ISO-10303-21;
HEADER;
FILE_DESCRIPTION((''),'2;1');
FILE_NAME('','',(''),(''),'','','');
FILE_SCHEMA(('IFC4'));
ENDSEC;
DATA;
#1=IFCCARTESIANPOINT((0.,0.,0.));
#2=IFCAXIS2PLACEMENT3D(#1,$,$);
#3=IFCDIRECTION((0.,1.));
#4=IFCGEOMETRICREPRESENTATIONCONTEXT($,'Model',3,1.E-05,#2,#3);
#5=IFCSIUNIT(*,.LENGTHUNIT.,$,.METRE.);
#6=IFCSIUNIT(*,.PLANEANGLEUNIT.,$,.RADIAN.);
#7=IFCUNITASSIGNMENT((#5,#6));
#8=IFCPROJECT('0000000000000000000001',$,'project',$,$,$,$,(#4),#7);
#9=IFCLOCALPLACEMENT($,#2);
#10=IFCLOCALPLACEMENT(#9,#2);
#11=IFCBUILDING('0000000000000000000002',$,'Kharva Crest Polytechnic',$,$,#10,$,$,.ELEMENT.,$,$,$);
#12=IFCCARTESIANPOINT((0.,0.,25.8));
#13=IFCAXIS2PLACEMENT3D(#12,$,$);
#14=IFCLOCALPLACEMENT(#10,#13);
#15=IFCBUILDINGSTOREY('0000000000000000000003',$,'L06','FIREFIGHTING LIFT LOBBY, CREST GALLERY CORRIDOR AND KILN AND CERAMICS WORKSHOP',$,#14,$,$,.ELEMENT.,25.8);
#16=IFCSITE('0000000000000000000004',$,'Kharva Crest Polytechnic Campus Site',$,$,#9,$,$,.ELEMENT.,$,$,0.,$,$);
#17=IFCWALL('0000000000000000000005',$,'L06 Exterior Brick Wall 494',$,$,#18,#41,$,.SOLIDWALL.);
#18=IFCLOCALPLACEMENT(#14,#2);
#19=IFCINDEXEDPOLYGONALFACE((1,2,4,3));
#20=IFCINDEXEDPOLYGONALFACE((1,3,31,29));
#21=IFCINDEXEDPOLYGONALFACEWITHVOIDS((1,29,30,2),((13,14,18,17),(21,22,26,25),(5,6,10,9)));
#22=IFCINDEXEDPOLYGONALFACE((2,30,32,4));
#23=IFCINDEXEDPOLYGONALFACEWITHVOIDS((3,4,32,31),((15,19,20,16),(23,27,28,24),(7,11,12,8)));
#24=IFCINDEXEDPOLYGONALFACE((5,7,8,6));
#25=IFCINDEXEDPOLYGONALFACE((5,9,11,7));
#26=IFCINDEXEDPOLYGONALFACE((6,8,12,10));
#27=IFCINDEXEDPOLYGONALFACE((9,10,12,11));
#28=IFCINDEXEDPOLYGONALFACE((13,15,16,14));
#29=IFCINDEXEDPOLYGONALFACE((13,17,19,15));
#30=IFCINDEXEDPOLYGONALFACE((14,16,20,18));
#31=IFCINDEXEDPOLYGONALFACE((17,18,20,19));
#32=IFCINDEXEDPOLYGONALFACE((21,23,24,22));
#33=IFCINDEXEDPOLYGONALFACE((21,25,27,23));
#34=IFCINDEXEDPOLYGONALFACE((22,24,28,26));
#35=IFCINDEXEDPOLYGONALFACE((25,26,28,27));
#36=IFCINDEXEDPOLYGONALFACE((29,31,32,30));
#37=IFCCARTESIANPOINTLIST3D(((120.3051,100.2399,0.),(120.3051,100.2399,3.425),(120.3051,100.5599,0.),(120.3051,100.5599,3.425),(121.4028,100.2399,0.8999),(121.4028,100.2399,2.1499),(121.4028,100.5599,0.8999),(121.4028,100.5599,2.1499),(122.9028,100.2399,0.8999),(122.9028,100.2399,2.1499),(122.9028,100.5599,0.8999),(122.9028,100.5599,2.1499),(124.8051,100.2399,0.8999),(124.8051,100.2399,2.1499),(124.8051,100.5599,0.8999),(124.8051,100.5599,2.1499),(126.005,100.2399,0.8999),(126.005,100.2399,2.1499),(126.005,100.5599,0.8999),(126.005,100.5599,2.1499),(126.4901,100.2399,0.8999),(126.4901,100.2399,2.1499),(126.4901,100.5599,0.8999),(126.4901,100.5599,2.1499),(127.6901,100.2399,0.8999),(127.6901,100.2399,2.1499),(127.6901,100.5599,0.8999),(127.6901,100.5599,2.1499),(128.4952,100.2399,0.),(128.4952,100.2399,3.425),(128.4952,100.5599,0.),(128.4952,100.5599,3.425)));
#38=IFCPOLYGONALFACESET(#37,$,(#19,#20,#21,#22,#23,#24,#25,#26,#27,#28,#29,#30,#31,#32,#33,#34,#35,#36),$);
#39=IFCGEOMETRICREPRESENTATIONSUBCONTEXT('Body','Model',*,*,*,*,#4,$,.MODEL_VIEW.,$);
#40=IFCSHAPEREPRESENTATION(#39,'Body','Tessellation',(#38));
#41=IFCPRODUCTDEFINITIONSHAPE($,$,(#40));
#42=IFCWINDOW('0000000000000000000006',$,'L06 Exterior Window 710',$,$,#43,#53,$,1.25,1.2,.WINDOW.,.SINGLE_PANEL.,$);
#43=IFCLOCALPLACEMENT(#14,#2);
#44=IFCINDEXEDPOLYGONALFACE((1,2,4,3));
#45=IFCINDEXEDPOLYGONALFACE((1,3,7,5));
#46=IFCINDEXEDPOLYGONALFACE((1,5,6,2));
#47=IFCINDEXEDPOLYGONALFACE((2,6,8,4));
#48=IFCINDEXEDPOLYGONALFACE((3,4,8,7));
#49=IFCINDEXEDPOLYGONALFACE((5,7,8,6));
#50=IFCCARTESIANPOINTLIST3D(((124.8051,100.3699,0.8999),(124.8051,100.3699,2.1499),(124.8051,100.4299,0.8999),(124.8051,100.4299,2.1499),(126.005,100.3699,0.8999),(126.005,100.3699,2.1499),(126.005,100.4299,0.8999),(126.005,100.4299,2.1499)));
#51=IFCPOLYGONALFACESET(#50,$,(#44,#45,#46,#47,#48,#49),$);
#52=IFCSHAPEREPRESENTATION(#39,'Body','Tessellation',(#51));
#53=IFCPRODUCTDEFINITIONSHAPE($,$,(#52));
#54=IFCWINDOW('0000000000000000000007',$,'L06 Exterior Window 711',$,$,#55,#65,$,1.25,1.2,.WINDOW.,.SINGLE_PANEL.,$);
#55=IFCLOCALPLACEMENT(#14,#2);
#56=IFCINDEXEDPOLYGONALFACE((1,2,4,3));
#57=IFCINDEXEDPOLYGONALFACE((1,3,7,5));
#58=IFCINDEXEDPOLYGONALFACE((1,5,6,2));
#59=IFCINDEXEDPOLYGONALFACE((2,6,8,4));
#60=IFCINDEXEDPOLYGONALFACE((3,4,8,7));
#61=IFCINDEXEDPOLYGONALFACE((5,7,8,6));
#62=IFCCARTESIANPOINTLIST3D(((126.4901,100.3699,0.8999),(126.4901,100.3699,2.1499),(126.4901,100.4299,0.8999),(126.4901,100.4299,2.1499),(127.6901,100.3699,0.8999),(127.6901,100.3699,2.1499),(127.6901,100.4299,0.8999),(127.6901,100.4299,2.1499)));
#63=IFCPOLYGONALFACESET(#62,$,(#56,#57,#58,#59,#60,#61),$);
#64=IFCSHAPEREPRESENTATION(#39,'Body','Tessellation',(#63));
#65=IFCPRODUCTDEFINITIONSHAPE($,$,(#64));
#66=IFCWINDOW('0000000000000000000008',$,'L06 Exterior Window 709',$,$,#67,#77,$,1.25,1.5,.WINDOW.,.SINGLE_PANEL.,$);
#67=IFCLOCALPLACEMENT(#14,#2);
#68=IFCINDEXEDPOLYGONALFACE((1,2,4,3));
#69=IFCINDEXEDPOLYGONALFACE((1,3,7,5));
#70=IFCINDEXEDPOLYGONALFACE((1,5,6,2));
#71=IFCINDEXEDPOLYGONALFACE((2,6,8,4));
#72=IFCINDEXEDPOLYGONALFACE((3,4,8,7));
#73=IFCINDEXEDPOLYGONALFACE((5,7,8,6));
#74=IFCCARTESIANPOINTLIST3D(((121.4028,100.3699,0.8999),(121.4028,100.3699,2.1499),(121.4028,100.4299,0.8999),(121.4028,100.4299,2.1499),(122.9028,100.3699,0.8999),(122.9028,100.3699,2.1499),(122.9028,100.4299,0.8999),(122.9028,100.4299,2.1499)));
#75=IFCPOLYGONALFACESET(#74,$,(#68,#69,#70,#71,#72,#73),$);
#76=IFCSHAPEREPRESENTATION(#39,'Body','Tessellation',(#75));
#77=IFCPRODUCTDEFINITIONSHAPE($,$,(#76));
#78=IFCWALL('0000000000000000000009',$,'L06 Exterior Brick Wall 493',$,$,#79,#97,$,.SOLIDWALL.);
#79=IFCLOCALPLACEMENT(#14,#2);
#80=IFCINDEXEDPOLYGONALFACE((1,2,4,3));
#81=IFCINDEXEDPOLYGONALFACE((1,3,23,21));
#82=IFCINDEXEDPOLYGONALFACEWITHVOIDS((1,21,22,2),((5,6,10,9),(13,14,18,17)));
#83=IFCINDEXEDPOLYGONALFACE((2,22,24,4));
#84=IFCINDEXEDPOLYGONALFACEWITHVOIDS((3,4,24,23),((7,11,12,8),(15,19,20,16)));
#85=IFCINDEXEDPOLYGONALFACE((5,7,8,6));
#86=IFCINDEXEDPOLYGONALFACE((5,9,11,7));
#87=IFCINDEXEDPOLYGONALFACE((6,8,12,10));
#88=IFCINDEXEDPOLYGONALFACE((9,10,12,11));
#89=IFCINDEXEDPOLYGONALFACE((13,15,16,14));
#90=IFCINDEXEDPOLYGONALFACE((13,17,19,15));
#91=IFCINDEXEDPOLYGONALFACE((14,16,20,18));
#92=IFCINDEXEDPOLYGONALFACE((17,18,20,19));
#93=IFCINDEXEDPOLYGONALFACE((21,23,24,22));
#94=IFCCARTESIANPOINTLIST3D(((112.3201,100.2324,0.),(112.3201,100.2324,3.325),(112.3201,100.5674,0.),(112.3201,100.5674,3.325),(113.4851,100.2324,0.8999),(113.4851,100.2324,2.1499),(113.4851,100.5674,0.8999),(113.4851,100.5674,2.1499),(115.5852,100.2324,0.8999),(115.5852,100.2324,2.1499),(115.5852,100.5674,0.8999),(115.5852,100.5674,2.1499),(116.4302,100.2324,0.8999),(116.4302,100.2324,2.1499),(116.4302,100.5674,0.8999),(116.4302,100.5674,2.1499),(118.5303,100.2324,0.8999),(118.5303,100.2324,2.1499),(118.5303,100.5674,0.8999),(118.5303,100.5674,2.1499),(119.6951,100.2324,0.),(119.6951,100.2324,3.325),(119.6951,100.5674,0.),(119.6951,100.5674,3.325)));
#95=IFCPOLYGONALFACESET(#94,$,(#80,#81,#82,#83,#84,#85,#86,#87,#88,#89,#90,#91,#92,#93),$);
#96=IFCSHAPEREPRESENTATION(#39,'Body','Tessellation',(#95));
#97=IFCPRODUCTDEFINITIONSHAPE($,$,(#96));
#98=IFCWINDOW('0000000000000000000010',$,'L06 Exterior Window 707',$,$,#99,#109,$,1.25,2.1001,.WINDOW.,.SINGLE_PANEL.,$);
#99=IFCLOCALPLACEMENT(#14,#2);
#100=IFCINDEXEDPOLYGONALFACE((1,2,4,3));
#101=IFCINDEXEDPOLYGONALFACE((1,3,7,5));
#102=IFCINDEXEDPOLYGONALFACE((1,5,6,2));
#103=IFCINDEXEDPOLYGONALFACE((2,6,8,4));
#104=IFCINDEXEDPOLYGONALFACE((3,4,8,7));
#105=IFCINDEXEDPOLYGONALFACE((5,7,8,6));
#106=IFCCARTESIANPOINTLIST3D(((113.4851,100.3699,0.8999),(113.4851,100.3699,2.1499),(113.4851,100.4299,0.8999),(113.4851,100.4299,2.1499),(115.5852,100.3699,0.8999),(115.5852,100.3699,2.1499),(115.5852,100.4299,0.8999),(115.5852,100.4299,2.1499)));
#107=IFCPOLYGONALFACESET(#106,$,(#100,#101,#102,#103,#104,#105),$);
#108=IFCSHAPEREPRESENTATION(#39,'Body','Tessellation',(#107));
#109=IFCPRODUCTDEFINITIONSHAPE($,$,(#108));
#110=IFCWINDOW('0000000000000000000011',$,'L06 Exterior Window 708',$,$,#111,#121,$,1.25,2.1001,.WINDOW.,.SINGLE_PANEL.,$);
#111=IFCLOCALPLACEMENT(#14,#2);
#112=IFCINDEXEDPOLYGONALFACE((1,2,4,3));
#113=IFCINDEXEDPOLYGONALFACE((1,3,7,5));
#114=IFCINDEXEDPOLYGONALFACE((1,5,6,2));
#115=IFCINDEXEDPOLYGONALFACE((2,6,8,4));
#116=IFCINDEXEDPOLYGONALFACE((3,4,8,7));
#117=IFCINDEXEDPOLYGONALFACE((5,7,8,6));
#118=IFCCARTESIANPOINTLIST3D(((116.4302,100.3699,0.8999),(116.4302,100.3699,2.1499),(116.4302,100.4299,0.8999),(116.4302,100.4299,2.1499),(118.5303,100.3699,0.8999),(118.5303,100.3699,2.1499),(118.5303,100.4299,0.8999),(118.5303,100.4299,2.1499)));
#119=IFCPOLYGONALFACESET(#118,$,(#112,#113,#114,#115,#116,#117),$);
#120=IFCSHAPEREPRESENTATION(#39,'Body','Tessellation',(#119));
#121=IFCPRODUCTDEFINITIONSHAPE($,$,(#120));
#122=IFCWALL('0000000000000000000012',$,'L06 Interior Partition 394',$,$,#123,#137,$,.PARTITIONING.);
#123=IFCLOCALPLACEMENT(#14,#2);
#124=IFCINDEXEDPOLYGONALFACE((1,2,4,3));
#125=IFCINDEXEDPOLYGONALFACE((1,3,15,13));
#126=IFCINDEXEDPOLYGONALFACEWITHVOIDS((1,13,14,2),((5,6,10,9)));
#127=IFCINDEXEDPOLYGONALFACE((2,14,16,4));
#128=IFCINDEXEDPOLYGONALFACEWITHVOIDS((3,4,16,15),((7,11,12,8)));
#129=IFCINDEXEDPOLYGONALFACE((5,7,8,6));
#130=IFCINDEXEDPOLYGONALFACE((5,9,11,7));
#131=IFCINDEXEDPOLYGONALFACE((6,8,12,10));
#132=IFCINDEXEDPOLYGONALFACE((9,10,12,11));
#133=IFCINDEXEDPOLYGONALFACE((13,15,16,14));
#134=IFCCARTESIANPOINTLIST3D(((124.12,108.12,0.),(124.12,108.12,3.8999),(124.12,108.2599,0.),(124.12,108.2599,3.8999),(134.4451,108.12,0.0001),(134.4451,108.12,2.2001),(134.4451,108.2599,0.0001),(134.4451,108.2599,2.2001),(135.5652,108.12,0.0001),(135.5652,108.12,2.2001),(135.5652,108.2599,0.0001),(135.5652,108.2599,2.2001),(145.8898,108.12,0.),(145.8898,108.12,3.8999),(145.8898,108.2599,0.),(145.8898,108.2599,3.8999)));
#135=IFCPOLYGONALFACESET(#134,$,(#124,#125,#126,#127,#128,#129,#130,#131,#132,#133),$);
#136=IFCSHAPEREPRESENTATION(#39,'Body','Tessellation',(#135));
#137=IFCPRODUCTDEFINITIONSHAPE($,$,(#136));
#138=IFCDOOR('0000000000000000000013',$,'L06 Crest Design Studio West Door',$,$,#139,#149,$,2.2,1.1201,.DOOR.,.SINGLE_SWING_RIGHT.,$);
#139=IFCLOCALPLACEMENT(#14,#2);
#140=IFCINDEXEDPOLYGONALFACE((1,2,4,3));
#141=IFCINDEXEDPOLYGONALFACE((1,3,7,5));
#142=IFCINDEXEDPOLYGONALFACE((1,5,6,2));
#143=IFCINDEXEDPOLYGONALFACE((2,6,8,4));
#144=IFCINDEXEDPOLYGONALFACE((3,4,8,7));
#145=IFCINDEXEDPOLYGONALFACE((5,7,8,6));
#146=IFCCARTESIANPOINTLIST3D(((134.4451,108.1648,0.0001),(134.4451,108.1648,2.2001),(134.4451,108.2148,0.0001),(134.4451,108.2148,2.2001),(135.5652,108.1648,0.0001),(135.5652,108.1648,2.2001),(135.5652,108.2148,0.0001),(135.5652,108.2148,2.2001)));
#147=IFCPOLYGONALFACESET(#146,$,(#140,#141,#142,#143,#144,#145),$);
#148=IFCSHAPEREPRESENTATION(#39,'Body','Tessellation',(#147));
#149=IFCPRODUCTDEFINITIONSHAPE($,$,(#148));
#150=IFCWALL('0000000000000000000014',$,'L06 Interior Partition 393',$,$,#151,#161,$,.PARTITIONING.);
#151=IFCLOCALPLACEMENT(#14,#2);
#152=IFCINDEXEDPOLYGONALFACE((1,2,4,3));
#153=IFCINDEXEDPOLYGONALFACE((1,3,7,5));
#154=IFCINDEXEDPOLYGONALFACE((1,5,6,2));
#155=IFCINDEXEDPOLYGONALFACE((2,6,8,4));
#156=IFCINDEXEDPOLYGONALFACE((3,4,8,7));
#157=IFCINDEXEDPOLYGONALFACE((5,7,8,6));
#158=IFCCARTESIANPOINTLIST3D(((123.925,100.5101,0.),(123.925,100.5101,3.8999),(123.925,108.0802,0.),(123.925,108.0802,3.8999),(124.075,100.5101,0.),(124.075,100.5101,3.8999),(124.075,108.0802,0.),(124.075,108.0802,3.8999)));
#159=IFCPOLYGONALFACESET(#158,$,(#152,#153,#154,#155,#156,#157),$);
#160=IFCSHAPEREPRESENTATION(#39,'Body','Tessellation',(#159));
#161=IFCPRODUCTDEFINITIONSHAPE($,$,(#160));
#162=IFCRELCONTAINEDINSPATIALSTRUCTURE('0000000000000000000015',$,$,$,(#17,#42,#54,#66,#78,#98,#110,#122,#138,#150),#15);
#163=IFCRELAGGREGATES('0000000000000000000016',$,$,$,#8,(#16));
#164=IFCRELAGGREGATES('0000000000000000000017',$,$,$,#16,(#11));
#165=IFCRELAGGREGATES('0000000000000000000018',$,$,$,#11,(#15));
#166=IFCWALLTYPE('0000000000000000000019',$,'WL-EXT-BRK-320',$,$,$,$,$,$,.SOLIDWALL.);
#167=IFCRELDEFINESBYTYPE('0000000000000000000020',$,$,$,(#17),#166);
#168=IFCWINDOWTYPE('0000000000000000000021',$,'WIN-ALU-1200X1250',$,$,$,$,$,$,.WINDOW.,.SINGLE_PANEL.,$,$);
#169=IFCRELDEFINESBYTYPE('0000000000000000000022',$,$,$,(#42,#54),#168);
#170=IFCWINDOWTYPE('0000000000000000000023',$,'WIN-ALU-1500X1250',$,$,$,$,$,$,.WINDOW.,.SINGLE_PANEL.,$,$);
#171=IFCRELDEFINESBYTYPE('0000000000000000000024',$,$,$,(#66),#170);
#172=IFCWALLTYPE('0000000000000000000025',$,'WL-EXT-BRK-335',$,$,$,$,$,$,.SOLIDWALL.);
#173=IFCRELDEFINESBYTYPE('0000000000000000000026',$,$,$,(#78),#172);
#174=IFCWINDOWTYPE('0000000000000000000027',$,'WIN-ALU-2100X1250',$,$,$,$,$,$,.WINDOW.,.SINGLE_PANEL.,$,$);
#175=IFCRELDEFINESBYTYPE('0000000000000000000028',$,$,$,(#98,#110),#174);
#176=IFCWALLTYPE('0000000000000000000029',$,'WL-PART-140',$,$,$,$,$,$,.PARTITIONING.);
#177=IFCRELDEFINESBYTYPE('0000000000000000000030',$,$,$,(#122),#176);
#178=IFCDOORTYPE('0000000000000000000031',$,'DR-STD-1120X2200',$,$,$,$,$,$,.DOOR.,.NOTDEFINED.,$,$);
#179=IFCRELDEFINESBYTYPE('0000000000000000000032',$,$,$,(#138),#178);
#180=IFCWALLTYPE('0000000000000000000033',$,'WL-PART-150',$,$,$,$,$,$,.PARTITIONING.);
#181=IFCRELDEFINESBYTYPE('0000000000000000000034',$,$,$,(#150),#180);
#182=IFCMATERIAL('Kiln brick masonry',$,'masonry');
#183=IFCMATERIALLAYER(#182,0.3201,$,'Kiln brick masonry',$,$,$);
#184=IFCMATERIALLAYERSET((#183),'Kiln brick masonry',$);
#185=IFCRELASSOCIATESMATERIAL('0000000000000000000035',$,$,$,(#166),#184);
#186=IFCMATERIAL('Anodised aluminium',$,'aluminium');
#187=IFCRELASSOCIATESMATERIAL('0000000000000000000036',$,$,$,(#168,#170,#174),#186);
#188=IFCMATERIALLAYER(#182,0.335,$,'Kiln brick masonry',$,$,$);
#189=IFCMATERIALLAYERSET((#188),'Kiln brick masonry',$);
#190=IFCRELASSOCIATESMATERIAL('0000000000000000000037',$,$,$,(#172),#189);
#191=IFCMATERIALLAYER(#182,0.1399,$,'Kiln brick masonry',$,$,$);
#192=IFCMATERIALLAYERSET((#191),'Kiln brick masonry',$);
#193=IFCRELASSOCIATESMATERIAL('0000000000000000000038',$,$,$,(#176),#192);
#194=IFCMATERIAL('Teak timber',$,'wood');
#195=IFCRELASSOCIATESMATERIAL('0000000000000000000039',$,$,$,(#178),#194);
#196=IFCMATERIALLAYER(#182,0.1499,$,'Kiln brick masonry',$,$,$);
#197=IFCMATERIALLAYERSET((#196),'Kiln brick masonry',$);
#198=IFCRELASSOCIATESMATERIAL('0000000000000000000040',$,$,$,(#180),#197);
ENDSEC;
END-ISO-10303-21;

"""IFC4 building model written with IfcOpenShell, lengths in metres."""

from ifc_helpers import new_model, si_unit, direction, frame, frame_2d, origin, place, context, subcontext, project, spatial, rectangle, extrude, material, layer, layer_set, type_object, element, fill, save


model = new_model("IFC4")

# Units and contexts
model_context = context("Model", 3, precision=1e-05, world=origin(), true_north=direction((0.0, 1.0)))
body_context = subcontext(model_context, "Body", "Model", "MODEL_VIEW")
ifc_project = project(units=[si_unit("LENGTHUNIT", "METRE"), si_unit("PLANEANGLEUNIT", "RADIAN")], contexts=[model_context])

# Site, building, storey
site_placement = place(None, origin())
site = spatial("IfcSite", under=ifc_project, at=site_placement, Name="Kharva Crest Polytechnic Campus Site", CompositionType="ELEMENT", RefElevation=0.0)
building_placement = place(site_placement, origin())
building = spatial("IfcBuilding", under=site, at=building_placement, Name="Kharva Crest Polytechnic", CompositionType="ELEMENT")
storey_placement = place(building_placement, frame((0.0, 0.0, 25.8)))
storey = spatial("IfcBuildingStorey", under=building, at=storey_placement, Name="L06", Description="FIREFIGHTING LIFT LOBBY, CREST GALLERY CORRIDOR AND KILN AND CERAMICS WORKSHOP", CompositionType="ELEMENT", Elevation=25.8)

# Walls, openings, windows
ifc_material_1 = material(Name="Kiln brick masonry", Category="masonry")
ifc_layer_1 = layer(ifc_material_1, 0.3201, Name="Kiln brick masonry")
ifc_layer_set_1 = layer_set([ifc_layer_1], Name="Kiln brick masonry")
wall_type_1 = type_object("IfcWallType", Name="WL-EXT-BRK-320", PredefinedType="SOLIDWALL", material=ifc_layer_set_1)
wall_1_placement = place(storey_placement, frame((120.3049, 100.3999, 0.0), z_axis=(0.0, 0.0, 1.0), x_axis=(1.0, 0.0, 0.0)))
wall_1 = element("IfcWall", 1, at=wall_1_placement, inside=storey, type_object=wall_type_1, Name="L06 Exterior Brick Wall 494", PredefinedType="SOLIDWALL", context=body_context, shape_type="SweptSolid", body=[
    extrude(rectangle(XDim=8.1902, YDim=0.3201, at=frame_2d((4.0952, 0.0))), origin(), (0.0, 0.0, 1.0), 3.425),
])
opening_1_placement = place(wall_1_placement, frame((1.0979, 0.0, 0.8999)))
opening_1 = element("IfcOpeningElement", 2, at=opening_1_placement, cuts=wall_1, PredefinedType="OPENING", context=body_context, shape_type="SweptSolid", body=[
    extrude(rectangle(XDim=1.5, YDim=1.25, at=frame_2d((0.75, 0.625))), frame((0.0, 0.1699, 0.0), z_axis=(0.0, -1.0, 0.0), x_axis=(1.0, 0.0, 0.0)), (0.0, 0.0, 1.0), 0.3401),
])
opening_2_placement = place(wall_1_placement, frame((4.5, 0.0, 0.8999)))
opening_2 = element("IfcOpeningElement", 3, at=opening_2_placement, cuts=wall_1, PredefinedType="OPENING", context=body_context, shape_type="SweptSolid", body=[
    extrude(rectangle(XDim=1.2, YDim=1.25, at=frame_2d((0.6001, 0.625))), frame((0.0, 0.1699, 0.0), z_axis=(0.0, -1.0, 0.0), x_axis=(1.0, 0.0, 0.0)), (0.0, 0.0, 1.0), 0.3401),
])
opening_3_placement = place(wall_1_placement, frame((6.1851, 0.0, 0.8999)))
opening_3 = element("IfcOpeningElement", 4, at=opening_3_placement, cuts=wall_1, PredefinedType="OPENING", context=body_context, shape_type="SweptSolid", body=[
    extrude(rectangle(XDim=1.2, YDim=1.25, at=frame_2d((0.6001, 0.625))), frame((0.0, 0.1699, 0.0), z_axis=(0.0, -1.0, 0.0), x_axis=(1.0, 0.0, 0.0)), (0.0, 0.0, 1.0), 0.3401),
])
ifc_material_2 = material(Name="Anodised aluminium", Category="aluminium")
window_type_1 = type_object("IfcWindowType", Name="WIN-ALU-1200X1250", PartitioningType="SINGLE_PANEL", PredefinedType="WINDOW", material=ifc_material_2)
window_1_placement = place(opening_2_placement, origin())
window_1 = element("IfcWindow", 5, at=window_1_placement, inside=storey, type_object=window_type_1, Name="L06 Exterior Window 710", OverallHeight=1.25, OverallWidth=1.2, PartitioningType="SINGLE_PANEL", PredefinedType="WINDOW", context=body_context, shape_type="SweptSolid", body=[
    extrude(rectangle(XDim=1.2, YDim=1.25, at=frame_2d((0.6001, 0.625))), frame((0.0, 0.03, 0.0), z_axis=(0.0, -1.0, 0.0), x_axis=(1.0, 0.0, 0.0)), (0.0, 0.0, 1.0), 0.0601),
])
fill(opening_2, window_1)
window_2_placement = place(opening_3_placement, origin())
window_2 = element("IfcWindow", 6, at=window_2_placement, inside=storey, type_object=window_type_1, Name="L06 Exterior Window 711", OverallHeight=1.25, OverallWidth=1.2, PartitioningType="SINGLE_PANEL", PredefinedType="WINDOW", context=body_context, shape_type="SweptSolid", body=[
    extrude(rectangle(XDim=1.2, YDim=1.25, at=frame_2d((0.6001, 0.625))), frame((0.0, 0.03, 0.0), z_axis=(0.0, -1.0, 0.0), x_axis=(1.0, 0.0, 0.0)), (0.0, 0.0, 1.0), 0.0601),
])
fill(opening_3, window_2)
window_type_2 = type_object("IfcWindowType", Name="WIN-ALU-1500X1250", PartitioningType="SINGLE_PANEL", PredefinedType="WINDOW", material=ifc_material_2)
window_3_placement = place(opening_1_placement, origin())
window_3 = element("IfcWindow", 7, at=window_3_placement, inside=storey, type_object=window_type_2, Name="L06 Exterior Window 709", OverallHeight=1.25, OverallWidth=1.5, PartitioningType="SINGLE_PANEL", PredefinedType="WINDOW", context=body_context, shape_type="SweptSolid", body=[
    extrude(rectangle(XDim=1.5, YDim=1.25, at=frame_2d((0.75, 0.625))), frame((0.0, 0.03, 0.0), z_axis=(0.0, -1.0, 0.0), x_axis=(1.0, 0.0, 0.0)), (0.0, 0.0, 1.0), 0.0601),
])
fill(opening_1, window_3)
ifc_layer_2 = layer(ifc_material_1, 0.335, Name="Kiln brick masonry")
ifc_layer_set_2 = layer_set([ifc_layer_2], Name="Kiln brick masonry")
wall_type_2 = type_object("IfcWallType", Name="WL-EXT-BRK-335", PredefinedType="SOLIDWALL", material=ifc_layer_set_2)
wall_2_placement = place(storey_placement, frame((112.3201, 100.3999, 0.0), z_axis=(0.0, 0.0, 1.0), x_axis=(1.0, 0.0, 0.0)))
wall_2 = element("IfcWall", 8, at=wall_2_placement, inside=storey, type_object=wall_type_2, Name="L06 Exterior Brick Wall 493", PredefinedType="SOLIDWALL", context=body_context, shape_type="SweptSolid", body=[
    extrude(rectangle(XDim=7.375, YDim=0.335, at=frame_2d((3.6875, 0.0))), origin(), (0.0, 0.0, 1.0), 3.325),
])
opening_4_placement = place(wall_2_placement, frame((1.165, 0.0, 0.8999)))
opening_4 = element("IfcOpeningElement", 9, at=opening_4_placement, cuts=wall_2, PredefinedType="OPENING", context=body_context, shape_type="SweptSolid", body=[
    extrude(rectangle(XDim=2.1001, YDim=1.25, at=frame_2d((1.05, 0.625))), frame((0.0, 0.1775, 0.0), z_axis=(0.0, -1.0, 0.0), x_axis=(1.0, 0.0, 0.0)), (0.0, 0.0, 1.0), 0.355),
])
opening_5_placement = place(wall_2_placement, frame((4.1101, 0.0, 0.8999)))
opening_5 = element("IfcOpeningElement", 10, at=opening_5_placement, cuts=wall_2, PredefinedType="OPENING", context=body_context, shape_type="SweptSolid", body=[
    extrude(rectangle(XDim=2.1001, YDim=1.25, at=frame_2d((1.05, 0.625))), frame((0.0, 0.1775, 0.0), z_axis=(0.0, -1.0, 0.0), x_axis=(1.0, 0.0, 0.0)), (0.0, 0.0, 1.0), 0.355),
])
window_type_3 = type_object("IfcWindowType", Name="WIN-ALU-2100X1250", PartitioningType="SINGLE_PANEL", PredefinedType="WINDOW", material=ifc_material_2)
window_4_placement = place(opening_4_placement, origin())
window_4 = element("IfcWindow", 11, at=window_4_placement, inside=storey, type_object=window_type_3, Name="L06 Exterior Window 707", OverallHeight=1.25, OverallWidth=2.1001, PartitioningType="SINGLE_PANEL", PredefinedType="WINDOW", context=body_context, shape_type="SweptSolid", body=[
    extrude(rectangle(XDim=2.1001, YDim=1.25, at=frame_2d((1.05, 0.625))), frame((0.0, 0.03, 0.0), z_axis=(0.0, -1.0, 0.0), x_axis=(1.0, 0.0, 0.0)), (0.0, 0.0, 1.0), 0.0601),
])
fill(opening_4, window_4)
window_5_placement = place(opening_5_placement, origin())
window_5 = element("IfcWindow", 12, at=window_5_placement, inside=storey, type_object=window_type_3, Name="L06 Exterior Window 708", OverallHeight=1.25, OverallWidth=2.1001, PartitioningType="SINGLE_PANEL", PredefinedType="WINDOW", context=body_context, shape_type="SweptSolid", body=[
    extrude(rectangle(XDim=2.1001, YDim=1.25, at=frame_2d((1.05, 0.625))), frame((0.0, 0.03, 0.0), z_axis=(0.0, -1.0, 0.0), x_axis=(1.0, 0.0, 0.0)), (0.0, 0.0, 1.0), 0.0601),
])
fill(opening_5, window_5)

# Wall, opening, door
ifc_layer_3 = layer(ifc_material_1, 0.1399, Name="Kiln brick masonry")
ifc_layer_set_3 = layer_set([ifc_layer_3], Name="Kiln brick masonry")
wall_type_3 = type_object("IfcWallType", Name="WL-PART-140", PredefinedType="PARTITIONING", material=ifc_layer_set_3)
wall_3_placement = place(storey_placement, frame((124.1201, 108.1899, 0.0), z_axis=(0.0, 0.0, 1.0), x_axis=(1.0, 0.0, 0.0)))
wall_3 = element("IfcWall", 13, at=wall_3_placement, inside=storey, type_object=wall_type_3, Name="L06 Interior Partition 394", PredefinedType="PARTITIONING", context=body_context, shape_type="SweptSolid", body=[
    extrude(rectangle(XDim=21.7698, YDim=0.1399, at=frame_2d((10.8848, 0.0))), origin(), (0.0, 0.0, 1.0), 3.8999),
])
opening_6_placement = place(wall_3_placement, frame((10.325, 0.0, 0.0)))
opening_6 = element("IfcOpeningElement", 14, at=opening_6_placement, cuts=wall_3, PredefinedType="OPENING", context=body_context, shape_type="SweptSolid", body=[
    extrude(rectangle(XDim=1.1201, YDim=2.2, at=frame_2d((0.5601, 1.1001))), frame((0.0, 0.0798, 0.0), z_axis=(0.0, -1.0, 0.0), x_axis=(1.0, 0.0, 0.0)), (0.0, 0.0, 1.0), 0.1599),
])
ifc_material_3 = material(Name="Teak timber", Category="wood")
door_type_1 = type_object("IfcDoorType", Name="DR-STD-1120X2200", OperationType="NOTDEFINED", PredefinedType="DOOR", material=ifc_material_3)
door_1_placement = place(opening_6_placement, origin())
door_1 = element("IfcDoor", 15, at=door_1_placement, inside=storey, type_object=door_type_1, Name="L06 Crest Design Studio West Door", OperationType="SINGLE_SWING_RIGHT", OverallHeight=2.2, OverallWidth=1.1201, PredefinedType="DOOR", context=body_context, shape_type="SweptSolid", body=[
    extrude(rectangle(XDim=1.1201, YDim=2.2, at=frame_2d((0.5601, 1.1001))), frame((0.0, 0.0249, 0.0), z_axis=(0.0, -1.0, 0.0), x_axis=(1.0, 0.0, 0.0)), (0.0, 0.0, 1.0), 0.05),
])
fill(opening_6, door_1)

# Wall
ifc_layer_4 = layer(ifc_material_1, 0.1499, Name="Kiln brick masonry")
ifc_layer_set_4 = layer_set([ifc_layer_4], Name="Kiln brick masonry")
wall_type_4 = type_object("IfcWallType", Name="WL-PART-150", PredefinedType="PARTITIONING", material=ifc_layer_set_4)
wall_4_placement = place(storey_placement, frame((124.0, 100.51, 0.0), z_axis=(0.0, 0.0, 1.0), x_axis=(0.0, 1.0, 0.0)))
element("IfcWall", 16, at=wall_4_placement, inside=storey, type_object=wall_type_4, Name="L06 Interior Partition 393", PredefinedType="PARTITIONING", context=body_context, shape_type="SweptSolid", body=[
    extrude(rectangle(XDim=7.5701, YDim=0.1499, at=frame_2d((3.7852, 0.0))), origin(), (0.0, 0.0, 1.0), 3.8999),
])

save(model, "model.ifc")
